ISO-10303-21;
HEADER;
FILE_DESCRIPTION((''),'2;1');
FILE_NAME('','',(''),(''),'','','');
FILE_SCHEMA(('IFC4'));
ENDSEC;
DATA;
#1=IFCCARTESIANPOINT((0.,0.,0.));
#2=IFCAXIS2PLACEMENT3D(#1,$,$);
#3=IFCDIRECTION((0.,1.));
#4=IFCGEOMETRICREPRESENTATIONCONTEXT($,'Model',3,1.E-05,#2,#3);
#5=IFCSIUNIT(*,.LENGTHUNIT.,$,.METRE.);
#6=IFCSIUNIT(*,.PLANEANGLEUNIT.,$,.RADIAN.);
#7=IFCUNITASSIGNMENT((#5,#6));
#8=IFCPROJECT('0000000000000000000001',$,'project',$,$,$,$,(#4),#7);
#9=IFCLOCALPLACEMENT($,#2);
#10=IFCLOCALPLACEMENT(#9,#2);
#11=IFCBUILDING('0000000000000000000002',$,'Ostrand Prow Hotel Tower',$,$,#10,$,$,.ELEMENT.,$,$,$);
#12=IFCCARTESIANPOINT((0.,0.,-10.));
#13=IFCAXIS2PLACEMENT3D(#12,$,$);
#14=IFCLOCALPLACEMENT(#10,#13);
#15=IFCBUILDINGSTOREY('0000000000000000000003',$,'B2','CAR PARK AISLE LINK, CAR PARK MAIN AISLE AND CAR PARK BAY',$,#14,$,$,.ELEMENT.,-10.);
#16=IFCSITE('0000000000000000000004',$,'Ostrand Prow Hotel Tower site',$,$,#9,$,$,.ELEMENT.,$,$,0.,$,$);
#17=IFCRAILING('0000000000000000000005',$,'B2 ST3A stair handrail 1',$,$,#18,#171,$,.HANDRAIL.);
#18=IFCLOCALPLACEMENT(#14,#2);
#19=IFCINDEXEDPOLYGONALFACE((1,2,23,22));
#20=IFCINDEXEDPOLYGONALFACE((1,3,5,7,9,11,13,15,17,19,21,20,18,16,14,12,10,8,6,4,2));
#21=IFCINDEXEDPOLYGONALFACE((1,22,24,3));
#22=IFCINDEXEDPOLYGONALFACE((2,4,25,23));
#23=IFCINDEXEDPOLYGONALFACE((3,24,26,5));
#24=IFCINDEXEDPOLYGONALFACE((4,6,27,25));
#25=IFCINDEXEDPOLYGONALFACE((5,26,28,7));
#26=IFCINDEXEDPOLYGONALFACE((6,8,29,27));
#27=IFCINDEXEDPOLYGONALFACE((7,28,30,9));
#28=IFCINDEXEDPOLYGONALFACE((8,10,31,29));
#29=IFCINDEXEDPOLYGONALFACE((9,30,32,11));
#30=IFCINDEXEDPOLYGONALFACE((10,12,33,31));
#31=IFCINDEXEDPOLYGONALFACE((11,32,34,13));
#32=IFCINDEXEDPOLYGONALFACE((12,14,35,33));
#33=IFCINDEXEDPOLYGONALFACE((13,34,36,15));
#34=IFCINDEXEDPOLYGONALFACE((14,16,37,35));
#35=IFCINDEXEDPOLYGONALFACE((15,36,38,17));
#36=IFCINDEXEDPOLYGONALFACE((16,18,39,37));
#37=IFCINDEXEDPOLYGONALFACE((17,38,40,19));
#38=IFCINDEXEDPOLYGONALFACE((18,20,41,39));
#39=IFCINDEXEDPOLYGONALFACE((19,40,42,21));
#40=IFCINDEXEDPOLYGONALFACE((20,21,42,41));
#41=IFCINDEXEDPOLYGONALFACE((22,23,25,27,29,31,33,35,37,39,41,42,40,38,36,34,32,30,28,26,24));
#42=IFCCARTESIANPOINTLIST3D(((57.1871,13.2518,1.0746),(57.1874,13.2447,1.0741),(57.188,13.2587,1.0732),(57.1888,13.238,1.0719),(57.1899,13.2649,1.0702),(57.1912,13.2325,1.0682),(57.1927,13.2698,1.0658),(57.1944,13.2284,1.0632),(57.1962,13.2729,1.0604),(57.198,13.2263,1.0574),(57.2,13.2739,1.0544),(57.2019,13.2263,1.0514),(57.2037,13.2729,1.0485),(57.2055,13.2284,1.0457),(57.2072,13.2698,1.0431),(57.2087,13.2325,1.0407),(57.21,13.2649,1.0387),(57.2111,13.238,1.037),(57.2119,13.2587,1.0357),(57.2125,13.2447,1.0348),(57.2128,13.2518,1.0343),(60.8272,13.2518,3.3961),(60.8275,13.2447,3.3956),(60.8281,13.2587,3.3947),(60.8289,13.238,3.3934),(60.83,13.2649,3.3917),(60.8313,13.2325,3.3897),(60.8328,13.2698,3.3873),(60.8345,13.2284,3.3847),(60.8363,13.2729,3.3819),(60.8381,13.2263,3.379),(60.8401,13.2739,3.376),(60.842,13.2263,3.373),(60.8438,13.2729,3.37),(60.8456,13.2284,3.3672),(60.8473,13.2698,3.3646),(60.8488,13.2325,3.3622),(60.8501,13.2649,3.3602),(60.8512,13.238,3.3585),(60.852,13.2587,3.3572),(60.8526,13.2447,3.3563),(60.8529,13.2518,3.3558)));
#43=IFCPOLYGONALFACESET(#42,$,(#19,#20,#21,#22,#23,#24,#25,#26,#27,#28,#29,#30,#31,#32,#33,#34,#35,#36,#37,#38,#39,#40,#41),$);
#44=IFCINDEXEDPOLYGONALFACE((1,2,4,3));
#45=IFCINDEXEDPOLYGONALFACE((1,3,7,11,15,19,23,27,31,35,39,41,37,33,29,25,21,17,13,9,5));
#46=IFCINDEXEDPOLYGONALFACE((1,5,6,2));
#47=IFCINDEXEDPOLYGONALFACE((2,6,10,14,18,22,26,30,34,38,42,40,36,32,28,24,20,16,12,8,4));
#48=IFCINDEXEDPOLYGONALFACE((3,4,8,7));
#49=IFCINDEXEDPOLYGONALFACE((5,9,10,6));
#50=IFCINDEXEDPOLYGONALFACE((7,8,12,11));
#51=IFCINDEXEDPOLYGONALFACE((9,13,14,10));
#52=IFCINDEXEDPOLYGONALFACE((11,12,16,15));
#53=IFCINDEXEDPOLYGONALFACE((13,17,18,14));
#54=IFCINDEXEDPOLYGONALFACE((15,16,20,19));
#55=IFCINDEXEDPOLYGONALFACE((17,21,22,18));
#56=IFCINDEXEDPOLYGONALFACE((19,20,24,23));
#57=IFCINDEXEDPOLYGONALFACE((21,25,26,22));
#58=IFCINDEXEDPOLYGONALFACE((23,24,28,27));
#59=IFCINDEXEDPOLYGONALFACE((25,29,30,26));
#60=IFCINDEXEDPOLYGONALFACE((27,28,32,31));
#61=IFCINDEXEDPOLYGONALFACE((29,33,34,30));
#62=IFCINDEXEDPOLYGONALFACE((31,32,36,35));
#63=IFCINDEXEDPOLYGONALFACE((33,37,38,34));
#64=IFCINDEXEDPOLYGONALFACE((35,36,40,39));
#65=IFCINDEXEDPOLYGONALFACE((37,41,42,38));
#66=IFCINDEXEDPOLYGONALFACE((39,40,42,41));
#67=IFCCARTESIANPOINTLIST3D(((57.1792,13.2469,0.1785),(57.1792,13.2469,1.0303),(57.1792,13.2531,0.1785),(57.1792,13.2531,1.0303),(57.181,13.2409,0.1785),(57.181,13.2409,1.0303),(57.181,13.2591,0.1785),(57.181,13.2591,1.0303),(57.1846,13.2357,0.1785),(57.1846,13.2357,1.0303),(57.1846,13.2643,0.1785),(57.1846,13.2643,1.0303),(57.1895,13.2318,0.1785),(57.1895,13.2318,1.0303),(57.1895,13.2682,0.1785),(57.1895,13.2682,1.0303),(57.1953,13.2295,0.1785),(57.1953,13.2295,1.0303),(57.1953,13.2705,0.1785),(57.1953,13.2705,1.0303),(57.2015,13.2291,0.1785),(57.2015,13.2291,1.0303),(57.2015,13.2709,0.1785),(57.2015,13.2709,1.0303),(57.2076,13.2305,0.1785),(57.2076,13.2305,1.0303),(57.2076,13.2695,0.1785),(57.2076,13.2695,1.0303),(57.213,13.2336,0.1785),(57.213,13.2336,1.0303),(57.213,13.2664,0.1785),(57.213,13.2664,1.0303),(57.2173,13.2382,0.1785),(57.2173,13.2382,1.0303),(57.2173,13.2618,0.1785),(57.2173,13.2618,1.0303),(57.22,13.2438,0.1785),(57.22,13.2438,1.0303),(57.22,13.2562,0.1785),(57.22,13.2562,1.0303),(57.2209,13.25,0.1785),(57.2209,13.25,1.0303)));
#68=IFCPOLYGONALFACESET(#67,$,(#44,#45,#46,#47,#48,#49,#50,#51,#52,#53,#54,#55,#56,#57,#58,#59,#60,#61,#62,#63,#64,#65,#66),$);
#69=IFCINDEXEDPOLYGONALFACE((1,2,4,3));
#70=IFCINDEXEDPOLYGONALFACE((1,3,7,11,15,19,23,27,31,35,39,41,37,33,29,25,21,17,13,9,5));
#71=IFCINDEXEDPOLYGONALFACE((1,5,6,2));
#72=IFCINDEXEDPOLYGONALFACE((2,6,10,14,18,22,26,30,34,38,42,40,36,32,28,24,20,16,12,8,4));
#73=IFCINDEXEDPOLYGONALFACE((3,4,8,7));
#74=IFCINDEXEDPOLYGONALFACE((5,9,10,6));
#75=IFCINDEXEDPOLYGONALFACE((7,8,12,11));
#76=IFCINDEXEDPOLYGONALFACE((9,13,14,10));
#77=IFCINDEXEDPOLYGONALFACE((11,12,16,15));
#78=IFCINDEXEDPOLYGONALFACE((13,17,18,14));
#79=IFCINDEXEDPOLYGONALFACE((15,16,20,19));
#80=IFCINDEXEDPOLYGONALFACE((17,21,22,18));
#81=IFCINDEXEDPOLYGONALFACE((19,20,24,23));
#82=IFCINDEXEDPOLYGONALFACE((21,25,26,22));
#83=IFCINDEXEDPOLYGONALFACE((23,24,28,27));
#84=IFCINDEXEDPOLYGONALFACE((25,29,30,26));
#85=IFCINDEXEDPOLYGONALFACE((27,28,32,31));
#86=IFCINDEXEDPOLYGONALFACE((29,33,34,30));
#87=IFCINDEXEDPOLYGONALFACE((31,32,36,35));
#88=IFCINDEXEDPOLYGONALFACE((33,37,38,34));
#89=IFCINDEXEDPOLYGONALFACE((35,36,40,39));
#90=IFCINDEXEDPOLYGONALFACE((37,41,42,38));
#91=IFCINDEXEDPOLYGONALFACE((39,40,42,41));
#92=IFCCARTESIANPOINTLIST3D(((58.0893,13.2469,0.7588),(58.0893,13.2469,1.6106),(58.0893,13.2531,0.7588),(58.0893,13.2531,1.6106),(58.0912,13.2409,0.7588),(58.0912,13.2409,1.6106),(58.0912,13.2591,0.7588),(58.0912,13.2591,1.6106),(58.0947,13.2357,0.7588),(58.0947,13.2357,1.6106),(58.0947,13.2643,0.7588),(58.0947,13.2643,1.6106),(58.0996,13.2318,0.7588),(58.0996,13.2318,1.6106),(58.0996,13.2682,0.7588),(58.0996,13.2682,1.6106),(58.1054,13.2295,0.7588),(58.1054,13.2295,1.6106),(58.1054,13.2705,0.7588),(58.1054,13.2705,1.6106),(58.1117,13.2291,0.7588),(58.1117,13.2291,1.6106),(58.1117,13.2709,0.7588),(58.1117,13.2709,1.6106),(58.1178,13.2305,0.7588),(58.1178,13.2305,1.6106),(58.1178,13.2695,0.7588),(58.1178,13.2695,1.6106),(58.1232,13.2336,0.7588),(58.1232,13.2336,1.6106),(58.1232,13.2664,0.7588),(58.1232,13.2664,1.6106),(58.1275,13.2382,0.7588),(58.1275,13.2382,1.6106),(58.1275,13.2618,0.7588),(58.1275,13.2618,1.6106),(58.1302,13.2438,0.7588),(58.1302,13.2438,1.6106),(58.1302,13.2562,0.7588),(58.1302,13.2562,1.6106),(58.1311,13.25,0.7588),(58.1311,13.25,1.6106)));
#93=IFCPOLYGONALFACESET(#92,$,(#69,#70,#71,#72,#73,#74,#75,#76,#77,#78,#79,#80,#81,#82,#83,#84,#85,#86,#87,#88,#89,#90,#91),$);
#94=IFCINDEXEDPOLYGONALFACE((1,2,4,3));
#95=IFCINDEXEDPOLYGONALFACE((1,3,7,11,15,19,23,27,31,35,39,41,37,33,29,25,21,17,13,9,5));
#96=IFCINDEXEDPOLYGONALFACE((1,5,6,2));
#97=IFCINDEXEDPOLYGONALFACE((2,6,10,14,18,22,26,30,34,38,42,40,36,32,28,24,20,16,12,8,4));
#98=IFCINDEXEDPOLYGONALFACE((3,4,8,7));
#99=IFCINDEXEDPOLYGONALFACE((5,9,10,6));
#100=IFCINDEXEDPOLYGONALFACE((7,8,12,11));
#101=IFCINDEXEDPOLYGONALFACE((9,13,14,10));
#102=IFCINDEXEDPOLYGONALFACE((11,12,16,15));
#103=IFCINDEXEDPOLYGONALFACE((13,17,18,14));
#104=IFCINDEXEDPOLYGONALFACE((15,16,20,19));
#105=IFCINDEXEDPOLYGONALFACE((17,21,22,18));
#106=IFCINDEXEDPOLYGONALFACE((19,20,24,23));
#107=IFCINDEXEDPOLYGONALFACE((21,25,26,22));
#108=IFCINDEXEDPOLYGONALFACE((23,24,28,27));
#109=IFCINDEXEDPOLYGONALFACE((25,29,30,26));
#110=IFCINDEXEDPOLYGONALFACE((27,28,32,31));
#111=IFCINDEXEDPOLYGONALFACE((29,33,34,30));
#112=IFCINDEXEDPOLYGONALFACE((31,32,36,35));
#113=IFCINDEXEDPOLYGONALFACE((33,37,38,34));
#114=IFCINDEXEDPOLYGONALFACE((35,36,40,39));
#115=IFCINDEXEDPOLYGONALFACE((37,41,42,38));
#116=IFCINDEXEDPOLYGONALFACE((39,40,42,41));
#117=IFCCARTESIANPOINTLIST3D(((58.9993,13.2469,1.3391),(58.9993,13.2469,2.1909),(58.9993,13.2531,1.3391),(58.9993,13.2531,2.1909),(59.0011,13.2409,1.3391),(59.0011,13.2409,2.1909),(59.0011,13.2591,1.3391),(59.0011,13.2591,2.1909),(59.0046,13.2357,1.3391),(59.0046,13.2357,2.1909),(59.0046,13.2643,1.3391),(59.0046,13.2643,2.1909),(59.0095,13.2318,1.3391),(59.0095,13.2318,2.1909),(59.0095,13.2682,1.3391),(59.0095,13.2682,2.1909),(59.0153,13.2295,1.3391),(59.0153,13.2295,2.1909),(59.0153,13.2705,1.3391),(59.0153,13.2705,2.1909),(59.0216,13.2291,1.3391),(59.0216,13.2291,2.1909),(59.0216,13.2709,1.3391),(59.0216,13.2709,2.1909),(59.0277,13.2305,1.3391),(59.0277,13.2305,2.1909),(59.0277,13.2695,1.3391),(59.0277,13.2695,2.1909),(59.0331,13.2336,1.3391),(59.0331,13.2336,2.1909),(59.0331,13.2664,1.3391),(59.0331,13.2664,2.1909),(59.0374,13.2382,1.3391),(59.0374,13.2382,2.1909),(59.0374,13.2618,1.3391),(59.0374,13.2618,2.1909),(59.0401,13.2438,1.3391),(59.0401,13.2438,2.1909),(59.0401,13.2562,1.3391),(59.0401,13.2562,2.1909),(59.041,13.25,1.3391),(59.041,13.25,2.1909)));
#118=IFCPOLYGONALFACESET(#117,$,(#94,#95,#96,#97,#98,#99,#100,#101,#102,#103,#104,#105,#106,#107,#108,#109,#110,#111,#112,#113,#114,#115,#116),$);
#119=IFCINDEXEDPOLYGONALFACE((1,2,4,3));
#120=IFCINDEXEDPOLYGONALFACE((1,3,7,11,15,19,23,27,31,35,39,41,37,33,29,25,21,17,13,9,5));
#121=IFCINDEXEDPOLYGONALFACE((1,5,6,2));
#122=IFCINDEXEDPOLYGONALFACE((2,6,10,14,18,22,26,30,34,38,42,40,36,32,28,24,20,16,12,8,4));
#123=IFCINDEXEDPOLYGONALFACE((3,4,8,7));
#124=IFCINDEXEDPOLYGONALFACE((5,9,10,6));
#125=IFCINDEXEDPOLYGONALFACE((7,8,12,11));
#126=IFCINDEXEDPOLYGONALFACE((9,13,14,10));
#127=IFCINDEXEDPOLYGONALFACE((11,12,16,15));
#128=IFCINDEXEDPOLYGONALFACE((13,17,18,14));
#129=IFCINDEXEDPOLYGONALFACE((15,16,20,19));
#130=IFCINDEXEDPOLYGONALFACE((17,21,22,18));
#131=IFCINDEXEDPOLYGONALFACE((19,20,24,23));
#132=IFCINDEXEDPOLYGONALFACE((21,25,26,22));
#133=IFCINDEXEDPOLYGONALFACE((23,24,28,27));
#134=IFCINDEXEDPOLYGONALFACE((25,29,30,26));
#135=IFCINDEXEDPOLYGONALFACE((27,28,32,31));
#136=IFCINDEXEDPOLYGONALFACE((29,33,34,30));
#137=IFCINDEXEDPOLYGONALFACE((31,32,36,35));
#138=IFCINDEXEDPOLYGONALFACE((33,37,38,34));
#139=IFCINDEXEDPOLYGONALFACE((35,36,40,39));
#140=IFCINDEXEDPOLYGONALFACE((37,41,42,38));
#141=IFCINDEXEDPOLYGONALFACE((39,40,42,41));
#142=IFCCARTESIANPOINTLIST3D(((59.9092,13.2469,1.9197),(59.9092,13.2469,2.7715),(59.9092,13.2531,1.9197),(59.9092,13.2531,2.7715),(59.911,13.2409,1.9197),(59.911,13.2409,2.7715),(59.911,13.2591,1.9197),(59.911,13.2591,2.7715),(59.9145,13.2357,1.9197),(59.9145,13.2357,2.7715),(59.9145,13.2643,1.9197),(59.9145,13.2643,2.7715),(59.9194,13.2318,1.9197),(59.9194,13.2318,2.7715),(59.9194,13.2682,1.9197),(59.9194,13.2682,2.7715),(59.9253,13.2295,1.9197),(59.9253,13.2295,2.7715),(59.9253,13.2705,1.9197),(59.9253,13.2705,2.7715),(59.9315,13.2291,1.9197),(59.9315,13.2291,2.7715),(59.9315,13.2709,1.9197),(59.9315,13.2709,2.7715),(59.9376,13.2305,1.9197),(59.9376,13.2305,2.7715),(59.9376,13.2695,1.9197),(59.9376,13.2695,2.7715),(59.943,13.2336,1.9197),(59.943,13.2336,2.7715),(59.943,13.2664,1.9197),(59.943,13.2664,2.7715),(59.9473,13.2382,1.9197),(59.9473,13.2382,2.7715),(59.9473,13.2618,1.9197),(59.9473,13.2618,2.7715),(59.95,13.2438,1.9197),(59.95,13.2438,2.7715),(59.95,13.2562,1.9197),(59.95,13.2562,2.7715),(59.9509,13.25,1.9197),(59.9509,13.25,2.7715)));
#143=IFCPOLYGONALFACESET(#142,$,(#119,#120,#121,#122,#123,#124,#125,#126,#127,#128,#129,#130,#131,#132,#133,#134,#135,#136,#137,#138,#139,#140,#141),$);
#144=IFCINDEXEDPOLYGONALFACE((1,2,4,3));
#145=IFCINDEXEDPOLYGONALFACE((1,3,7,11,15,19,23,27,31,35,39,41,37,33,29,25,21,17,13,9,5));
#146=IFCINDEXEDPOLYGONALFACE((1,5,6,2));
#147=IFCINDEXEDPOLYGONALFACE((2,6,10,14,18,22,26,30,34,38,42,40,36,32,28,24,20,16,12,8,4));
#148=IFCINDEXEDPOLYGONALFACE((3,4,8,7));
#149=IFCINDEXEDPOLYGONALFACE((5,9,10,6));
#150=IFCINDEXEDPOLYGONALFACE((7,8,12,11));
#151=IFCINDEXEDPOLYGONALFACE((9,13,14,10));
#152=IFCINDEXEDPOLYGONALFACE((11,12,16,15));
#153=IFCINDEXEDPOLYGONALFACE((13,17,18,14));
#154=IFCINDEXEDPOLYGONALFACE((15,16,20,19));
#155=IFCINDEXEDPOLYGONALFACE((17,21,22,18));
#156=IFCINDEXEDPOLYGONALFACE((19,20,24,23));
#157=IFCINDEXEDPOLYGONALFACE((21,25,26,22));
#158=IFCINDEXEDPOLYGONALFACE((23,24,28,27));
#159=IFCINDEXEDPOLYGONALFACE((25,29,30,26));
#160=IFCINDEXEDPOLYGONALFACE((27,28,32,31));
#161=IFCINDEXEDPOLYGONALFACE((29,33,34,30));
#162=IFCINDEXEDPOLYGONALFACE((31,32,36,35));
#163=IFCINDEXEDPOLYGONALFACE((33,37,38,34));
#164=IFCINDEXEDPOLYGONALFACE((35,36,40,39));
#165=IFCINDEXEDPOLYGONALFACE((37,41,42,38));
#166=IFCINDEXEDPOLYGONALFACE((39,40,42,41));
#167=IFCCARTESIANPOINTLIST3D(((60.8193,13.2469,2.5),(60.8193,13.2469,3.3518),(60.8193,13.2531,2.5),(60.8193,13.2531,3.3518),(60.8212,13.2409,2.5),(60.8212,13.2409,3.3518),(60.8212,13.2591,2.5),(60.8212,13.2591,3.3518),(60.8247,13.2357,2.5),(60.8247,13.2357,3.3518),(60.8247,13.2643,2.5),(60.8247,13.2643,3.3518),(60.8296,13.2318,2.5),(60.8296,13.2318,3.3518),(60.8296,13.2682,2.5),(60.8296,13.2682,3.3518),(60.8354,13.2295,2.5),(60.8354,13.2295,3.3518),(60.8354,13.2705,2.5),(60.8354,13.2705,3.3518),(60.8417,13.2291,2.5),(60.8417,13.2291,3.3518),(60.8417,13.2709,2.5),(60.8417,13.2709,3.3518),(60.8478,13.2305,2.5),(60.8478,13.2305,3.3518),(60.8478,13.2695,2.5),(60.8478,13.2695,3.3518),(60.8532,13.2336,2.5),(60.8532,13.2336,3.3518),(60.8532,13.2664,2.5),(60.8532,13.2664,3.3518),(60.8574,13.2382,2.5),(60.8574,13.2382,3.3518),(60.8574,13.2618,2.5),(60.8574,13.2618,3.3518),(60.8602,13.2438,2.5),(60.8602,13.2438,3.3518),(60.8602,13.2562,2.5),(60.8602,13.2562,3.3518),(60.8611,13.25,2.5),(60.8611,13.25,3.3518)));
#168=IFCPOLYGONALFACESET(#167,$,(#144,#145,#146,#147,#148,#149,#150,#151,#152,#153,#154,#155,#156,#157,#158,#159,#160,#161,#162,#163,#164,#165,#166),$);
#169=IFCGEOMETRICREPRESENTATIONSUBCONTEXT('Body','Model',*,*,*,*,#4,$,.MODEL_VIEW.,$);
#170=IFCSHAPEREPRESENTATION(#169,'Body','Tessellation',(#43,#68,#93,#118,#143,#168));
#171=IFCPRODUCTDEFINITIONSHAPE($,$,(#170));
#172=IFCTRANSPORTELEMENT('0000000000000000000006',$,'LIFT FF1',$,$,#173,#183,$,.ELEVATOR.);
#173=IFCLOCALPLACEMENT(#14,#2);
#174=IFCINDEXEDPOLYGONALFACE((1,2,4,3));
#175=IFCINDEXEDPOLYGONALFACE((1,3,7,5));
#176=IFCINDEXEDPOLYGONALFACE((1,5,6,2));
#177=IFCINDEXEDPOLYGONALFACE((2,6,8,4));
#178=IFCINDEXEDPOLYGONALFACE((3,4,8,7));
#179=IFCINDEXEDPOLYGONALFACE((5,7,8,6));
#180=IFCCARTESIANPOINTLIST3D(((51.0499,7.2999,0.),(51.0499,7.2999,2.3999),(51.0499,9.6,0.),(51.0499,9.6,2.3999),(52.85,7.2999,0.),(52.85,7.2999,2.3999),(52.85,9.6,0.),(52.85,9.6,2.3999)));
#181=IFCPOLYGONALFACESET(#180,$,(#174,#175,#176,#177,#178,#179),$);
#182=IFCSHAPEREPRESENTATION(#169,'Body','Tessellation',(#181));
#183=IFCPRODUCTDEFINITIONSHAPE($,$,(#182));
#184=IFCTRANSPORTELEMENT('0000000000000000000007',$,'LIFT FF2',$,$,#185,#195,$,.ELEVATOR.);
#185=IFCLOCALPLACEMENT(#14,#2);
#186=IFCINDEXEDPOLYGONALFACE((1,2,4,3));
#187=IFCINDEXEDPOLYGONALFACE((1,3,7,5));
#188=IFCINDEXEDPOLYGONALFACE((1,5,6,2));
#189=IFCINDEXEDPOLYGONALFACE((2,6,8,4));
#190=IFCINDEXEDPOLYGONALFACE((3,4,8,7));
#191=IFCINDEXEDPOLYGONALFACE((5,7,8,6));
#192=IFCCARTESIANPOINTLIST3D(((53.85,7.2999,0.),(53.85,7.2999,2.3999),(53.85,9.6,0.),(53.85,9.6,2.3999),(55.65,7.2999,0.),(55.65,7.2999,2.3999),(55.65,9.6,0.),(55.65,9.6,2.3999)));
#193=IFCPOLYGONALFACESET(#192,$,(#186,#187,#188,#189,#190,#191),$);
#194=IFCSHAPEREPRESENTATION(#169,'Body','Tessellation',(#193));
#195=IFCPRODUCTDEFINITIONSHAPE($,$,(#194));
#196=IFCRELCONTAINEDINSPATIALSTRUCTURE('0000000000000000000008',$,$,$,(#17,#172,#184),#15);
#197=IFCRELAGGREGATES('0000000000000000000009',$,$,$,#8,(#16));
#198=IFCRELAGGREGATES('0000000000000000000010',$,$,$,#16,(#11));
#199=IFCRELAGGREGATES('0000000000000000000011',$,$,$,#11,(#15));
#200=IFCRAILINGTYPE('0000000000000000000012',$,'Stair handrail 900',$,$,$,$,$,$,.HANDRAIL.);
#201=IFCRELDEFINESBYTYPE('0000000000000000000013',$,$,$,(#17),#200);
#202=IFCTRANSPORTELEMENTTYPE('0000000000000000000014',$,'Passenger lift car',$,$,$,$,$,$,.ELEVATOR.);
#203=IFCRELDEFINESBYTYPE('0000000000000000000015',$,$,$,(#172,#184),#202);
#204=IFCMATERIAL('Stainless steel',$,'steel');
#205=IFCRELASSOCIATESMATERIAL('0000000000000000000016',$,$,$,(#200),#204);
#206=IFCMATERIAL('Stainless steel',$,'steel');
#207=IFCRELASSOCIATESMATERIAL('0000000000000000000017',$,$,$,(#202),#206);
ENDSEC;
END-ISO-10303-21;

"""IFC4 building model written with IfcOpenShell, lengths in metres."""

from ifc_helpers import new_model, si_unit, direction, frame, origin, origin_2d, place, context, subcontext, project, spatial, rectangle, circle, extrude, material, type_object, element, save


model = new_model("IFC4")

# Units and contexts
model_context = context("Model", 3, precision=1e-05, world=origin(), true_north=direction((0.0, 1.0)))
body_context = subcontext(model_context, "Body", "Model", "MODEL_VIEW")
ifc_project = project(units=[si_unit("LENGTHUNIT", "METRE"), si_unit("PLANEANGLEUNIT", "RADIAN")], contexts=[model_context])

# Site, building, storey
site_placement = place(None, origin())
site = spatial("IfcSite", under=ifc_project, at=site_placement, Name="Ostrand Prow Hotel Tower site", CompositionType="ELEMENT", RefElevation=0.0)
building_placement = place(site_placement, origin())
building = spatial("IfcBuilding", under=site, at=building_placement, Name="Ostrand Prow Hotel Tower", CompositionType="ELEMENT")
storey_placement = place(building_placement, frame((0.0, 0.0, -10.0)))
storey = spatial("IfcBuildingStorey", under=building, at=storey_placement, Name="B2", Description="CAR PARK AISLE LINK, CAR PARK MAIN AISLE AND CAR PARK BAY", CompositionType="ELEMENT", Elevation=-10.0)

# Railing
ifc_material_1 = material(Name="Stainless steel", Category="steel")
railing_type_1 = type_object("IfcRailingType", Name="Stair handrail 900", PredefinedType="HANDRAIL", material=ifc_material_1)
for number, where, name in (
    (1, (57.2, 13.25, 0.1785), "B2 ST3A stair handrail 1"),
):
    element("IfcRailing", number, at=place(storey_placement, frame(where)), inside=storey, type_object=railing_type_1, Name=name, PredefinedType="HANDRAIL", context=body_context, shape_type="SweptSolid", body=[
        extrude(circle(Radius=0.0239, at=origin_2d()), frame((0.0, 0.0, 0.876), z_axis=(0.843128, 0.0, 0.537713), x_axis=(0.0, 1.0, 0.0)), (0.0, 0.0, 1.0), 4.3174),
        extrude(circle(Radius=0.021, at=origin_2d()), origin(), (0.0, 0.0, 1.0), 0.8518),
        extrude(circle(Radius=0.021, at=origin_2d()), frame((0.9102, 0.0, 0.5803)), (0.0, 0.0, 1.0), 0.8518),
        extrude(circle(Radius=0.021, at=origin_2d()), frame((1.8201, 0.0, 1.1606)), (0.0, 0.0, 1.0), 0.8518),
        extrude(circle(Radius=0.021, at=origin_2d()), frame((2.73, 0.0, 1.7412)), (0.0, 0.0, 1.0), 0.8518),
        extrude(circle(Radius=0.021, at=origin_2d()), frame((3.6401, 0.0, 2.3215)), (0.0, 0.0, 1.0), 0.8518),
    ])

# Transport elements
ifc_material_2 = material(Name="Stainless steel", Category="steel")
transport_element_type = type_object("IfcTransportElementType", Name="Passenger lift car", PredefinedType="ELEVATOR", material=ifc_material_2)
for number, where, z_axis, x_axis, name in (
    (2, (51.95, 8.45, 0.0), (0.0, 0.0, 1.0), (1.0, 0.0, 0.0), "LIFT FF1"),
    (3, (54.75, 8.45, 0.0), (0.0, 0.0, 1.0), (1.0, 0.0, 0.0), "LIFT FF2"),
):
    element("IfcTransportElement", number, at=place(storey_placement, frame(where, z_axis=z_axis, x_axis=x_axis)), inside=storey, type_object=transport_element_type, Name=name, PredefinedType="ELEVATOR", context=body_context, shape_type="SweptSolid", body=[
        extrude(rectangle(XDim=1.8, YDim=2.3, at=origin_2d()), origin(), (0.0, 0.0, 1.0), 2.3999),
    ])

save(model, "model.ifc")
